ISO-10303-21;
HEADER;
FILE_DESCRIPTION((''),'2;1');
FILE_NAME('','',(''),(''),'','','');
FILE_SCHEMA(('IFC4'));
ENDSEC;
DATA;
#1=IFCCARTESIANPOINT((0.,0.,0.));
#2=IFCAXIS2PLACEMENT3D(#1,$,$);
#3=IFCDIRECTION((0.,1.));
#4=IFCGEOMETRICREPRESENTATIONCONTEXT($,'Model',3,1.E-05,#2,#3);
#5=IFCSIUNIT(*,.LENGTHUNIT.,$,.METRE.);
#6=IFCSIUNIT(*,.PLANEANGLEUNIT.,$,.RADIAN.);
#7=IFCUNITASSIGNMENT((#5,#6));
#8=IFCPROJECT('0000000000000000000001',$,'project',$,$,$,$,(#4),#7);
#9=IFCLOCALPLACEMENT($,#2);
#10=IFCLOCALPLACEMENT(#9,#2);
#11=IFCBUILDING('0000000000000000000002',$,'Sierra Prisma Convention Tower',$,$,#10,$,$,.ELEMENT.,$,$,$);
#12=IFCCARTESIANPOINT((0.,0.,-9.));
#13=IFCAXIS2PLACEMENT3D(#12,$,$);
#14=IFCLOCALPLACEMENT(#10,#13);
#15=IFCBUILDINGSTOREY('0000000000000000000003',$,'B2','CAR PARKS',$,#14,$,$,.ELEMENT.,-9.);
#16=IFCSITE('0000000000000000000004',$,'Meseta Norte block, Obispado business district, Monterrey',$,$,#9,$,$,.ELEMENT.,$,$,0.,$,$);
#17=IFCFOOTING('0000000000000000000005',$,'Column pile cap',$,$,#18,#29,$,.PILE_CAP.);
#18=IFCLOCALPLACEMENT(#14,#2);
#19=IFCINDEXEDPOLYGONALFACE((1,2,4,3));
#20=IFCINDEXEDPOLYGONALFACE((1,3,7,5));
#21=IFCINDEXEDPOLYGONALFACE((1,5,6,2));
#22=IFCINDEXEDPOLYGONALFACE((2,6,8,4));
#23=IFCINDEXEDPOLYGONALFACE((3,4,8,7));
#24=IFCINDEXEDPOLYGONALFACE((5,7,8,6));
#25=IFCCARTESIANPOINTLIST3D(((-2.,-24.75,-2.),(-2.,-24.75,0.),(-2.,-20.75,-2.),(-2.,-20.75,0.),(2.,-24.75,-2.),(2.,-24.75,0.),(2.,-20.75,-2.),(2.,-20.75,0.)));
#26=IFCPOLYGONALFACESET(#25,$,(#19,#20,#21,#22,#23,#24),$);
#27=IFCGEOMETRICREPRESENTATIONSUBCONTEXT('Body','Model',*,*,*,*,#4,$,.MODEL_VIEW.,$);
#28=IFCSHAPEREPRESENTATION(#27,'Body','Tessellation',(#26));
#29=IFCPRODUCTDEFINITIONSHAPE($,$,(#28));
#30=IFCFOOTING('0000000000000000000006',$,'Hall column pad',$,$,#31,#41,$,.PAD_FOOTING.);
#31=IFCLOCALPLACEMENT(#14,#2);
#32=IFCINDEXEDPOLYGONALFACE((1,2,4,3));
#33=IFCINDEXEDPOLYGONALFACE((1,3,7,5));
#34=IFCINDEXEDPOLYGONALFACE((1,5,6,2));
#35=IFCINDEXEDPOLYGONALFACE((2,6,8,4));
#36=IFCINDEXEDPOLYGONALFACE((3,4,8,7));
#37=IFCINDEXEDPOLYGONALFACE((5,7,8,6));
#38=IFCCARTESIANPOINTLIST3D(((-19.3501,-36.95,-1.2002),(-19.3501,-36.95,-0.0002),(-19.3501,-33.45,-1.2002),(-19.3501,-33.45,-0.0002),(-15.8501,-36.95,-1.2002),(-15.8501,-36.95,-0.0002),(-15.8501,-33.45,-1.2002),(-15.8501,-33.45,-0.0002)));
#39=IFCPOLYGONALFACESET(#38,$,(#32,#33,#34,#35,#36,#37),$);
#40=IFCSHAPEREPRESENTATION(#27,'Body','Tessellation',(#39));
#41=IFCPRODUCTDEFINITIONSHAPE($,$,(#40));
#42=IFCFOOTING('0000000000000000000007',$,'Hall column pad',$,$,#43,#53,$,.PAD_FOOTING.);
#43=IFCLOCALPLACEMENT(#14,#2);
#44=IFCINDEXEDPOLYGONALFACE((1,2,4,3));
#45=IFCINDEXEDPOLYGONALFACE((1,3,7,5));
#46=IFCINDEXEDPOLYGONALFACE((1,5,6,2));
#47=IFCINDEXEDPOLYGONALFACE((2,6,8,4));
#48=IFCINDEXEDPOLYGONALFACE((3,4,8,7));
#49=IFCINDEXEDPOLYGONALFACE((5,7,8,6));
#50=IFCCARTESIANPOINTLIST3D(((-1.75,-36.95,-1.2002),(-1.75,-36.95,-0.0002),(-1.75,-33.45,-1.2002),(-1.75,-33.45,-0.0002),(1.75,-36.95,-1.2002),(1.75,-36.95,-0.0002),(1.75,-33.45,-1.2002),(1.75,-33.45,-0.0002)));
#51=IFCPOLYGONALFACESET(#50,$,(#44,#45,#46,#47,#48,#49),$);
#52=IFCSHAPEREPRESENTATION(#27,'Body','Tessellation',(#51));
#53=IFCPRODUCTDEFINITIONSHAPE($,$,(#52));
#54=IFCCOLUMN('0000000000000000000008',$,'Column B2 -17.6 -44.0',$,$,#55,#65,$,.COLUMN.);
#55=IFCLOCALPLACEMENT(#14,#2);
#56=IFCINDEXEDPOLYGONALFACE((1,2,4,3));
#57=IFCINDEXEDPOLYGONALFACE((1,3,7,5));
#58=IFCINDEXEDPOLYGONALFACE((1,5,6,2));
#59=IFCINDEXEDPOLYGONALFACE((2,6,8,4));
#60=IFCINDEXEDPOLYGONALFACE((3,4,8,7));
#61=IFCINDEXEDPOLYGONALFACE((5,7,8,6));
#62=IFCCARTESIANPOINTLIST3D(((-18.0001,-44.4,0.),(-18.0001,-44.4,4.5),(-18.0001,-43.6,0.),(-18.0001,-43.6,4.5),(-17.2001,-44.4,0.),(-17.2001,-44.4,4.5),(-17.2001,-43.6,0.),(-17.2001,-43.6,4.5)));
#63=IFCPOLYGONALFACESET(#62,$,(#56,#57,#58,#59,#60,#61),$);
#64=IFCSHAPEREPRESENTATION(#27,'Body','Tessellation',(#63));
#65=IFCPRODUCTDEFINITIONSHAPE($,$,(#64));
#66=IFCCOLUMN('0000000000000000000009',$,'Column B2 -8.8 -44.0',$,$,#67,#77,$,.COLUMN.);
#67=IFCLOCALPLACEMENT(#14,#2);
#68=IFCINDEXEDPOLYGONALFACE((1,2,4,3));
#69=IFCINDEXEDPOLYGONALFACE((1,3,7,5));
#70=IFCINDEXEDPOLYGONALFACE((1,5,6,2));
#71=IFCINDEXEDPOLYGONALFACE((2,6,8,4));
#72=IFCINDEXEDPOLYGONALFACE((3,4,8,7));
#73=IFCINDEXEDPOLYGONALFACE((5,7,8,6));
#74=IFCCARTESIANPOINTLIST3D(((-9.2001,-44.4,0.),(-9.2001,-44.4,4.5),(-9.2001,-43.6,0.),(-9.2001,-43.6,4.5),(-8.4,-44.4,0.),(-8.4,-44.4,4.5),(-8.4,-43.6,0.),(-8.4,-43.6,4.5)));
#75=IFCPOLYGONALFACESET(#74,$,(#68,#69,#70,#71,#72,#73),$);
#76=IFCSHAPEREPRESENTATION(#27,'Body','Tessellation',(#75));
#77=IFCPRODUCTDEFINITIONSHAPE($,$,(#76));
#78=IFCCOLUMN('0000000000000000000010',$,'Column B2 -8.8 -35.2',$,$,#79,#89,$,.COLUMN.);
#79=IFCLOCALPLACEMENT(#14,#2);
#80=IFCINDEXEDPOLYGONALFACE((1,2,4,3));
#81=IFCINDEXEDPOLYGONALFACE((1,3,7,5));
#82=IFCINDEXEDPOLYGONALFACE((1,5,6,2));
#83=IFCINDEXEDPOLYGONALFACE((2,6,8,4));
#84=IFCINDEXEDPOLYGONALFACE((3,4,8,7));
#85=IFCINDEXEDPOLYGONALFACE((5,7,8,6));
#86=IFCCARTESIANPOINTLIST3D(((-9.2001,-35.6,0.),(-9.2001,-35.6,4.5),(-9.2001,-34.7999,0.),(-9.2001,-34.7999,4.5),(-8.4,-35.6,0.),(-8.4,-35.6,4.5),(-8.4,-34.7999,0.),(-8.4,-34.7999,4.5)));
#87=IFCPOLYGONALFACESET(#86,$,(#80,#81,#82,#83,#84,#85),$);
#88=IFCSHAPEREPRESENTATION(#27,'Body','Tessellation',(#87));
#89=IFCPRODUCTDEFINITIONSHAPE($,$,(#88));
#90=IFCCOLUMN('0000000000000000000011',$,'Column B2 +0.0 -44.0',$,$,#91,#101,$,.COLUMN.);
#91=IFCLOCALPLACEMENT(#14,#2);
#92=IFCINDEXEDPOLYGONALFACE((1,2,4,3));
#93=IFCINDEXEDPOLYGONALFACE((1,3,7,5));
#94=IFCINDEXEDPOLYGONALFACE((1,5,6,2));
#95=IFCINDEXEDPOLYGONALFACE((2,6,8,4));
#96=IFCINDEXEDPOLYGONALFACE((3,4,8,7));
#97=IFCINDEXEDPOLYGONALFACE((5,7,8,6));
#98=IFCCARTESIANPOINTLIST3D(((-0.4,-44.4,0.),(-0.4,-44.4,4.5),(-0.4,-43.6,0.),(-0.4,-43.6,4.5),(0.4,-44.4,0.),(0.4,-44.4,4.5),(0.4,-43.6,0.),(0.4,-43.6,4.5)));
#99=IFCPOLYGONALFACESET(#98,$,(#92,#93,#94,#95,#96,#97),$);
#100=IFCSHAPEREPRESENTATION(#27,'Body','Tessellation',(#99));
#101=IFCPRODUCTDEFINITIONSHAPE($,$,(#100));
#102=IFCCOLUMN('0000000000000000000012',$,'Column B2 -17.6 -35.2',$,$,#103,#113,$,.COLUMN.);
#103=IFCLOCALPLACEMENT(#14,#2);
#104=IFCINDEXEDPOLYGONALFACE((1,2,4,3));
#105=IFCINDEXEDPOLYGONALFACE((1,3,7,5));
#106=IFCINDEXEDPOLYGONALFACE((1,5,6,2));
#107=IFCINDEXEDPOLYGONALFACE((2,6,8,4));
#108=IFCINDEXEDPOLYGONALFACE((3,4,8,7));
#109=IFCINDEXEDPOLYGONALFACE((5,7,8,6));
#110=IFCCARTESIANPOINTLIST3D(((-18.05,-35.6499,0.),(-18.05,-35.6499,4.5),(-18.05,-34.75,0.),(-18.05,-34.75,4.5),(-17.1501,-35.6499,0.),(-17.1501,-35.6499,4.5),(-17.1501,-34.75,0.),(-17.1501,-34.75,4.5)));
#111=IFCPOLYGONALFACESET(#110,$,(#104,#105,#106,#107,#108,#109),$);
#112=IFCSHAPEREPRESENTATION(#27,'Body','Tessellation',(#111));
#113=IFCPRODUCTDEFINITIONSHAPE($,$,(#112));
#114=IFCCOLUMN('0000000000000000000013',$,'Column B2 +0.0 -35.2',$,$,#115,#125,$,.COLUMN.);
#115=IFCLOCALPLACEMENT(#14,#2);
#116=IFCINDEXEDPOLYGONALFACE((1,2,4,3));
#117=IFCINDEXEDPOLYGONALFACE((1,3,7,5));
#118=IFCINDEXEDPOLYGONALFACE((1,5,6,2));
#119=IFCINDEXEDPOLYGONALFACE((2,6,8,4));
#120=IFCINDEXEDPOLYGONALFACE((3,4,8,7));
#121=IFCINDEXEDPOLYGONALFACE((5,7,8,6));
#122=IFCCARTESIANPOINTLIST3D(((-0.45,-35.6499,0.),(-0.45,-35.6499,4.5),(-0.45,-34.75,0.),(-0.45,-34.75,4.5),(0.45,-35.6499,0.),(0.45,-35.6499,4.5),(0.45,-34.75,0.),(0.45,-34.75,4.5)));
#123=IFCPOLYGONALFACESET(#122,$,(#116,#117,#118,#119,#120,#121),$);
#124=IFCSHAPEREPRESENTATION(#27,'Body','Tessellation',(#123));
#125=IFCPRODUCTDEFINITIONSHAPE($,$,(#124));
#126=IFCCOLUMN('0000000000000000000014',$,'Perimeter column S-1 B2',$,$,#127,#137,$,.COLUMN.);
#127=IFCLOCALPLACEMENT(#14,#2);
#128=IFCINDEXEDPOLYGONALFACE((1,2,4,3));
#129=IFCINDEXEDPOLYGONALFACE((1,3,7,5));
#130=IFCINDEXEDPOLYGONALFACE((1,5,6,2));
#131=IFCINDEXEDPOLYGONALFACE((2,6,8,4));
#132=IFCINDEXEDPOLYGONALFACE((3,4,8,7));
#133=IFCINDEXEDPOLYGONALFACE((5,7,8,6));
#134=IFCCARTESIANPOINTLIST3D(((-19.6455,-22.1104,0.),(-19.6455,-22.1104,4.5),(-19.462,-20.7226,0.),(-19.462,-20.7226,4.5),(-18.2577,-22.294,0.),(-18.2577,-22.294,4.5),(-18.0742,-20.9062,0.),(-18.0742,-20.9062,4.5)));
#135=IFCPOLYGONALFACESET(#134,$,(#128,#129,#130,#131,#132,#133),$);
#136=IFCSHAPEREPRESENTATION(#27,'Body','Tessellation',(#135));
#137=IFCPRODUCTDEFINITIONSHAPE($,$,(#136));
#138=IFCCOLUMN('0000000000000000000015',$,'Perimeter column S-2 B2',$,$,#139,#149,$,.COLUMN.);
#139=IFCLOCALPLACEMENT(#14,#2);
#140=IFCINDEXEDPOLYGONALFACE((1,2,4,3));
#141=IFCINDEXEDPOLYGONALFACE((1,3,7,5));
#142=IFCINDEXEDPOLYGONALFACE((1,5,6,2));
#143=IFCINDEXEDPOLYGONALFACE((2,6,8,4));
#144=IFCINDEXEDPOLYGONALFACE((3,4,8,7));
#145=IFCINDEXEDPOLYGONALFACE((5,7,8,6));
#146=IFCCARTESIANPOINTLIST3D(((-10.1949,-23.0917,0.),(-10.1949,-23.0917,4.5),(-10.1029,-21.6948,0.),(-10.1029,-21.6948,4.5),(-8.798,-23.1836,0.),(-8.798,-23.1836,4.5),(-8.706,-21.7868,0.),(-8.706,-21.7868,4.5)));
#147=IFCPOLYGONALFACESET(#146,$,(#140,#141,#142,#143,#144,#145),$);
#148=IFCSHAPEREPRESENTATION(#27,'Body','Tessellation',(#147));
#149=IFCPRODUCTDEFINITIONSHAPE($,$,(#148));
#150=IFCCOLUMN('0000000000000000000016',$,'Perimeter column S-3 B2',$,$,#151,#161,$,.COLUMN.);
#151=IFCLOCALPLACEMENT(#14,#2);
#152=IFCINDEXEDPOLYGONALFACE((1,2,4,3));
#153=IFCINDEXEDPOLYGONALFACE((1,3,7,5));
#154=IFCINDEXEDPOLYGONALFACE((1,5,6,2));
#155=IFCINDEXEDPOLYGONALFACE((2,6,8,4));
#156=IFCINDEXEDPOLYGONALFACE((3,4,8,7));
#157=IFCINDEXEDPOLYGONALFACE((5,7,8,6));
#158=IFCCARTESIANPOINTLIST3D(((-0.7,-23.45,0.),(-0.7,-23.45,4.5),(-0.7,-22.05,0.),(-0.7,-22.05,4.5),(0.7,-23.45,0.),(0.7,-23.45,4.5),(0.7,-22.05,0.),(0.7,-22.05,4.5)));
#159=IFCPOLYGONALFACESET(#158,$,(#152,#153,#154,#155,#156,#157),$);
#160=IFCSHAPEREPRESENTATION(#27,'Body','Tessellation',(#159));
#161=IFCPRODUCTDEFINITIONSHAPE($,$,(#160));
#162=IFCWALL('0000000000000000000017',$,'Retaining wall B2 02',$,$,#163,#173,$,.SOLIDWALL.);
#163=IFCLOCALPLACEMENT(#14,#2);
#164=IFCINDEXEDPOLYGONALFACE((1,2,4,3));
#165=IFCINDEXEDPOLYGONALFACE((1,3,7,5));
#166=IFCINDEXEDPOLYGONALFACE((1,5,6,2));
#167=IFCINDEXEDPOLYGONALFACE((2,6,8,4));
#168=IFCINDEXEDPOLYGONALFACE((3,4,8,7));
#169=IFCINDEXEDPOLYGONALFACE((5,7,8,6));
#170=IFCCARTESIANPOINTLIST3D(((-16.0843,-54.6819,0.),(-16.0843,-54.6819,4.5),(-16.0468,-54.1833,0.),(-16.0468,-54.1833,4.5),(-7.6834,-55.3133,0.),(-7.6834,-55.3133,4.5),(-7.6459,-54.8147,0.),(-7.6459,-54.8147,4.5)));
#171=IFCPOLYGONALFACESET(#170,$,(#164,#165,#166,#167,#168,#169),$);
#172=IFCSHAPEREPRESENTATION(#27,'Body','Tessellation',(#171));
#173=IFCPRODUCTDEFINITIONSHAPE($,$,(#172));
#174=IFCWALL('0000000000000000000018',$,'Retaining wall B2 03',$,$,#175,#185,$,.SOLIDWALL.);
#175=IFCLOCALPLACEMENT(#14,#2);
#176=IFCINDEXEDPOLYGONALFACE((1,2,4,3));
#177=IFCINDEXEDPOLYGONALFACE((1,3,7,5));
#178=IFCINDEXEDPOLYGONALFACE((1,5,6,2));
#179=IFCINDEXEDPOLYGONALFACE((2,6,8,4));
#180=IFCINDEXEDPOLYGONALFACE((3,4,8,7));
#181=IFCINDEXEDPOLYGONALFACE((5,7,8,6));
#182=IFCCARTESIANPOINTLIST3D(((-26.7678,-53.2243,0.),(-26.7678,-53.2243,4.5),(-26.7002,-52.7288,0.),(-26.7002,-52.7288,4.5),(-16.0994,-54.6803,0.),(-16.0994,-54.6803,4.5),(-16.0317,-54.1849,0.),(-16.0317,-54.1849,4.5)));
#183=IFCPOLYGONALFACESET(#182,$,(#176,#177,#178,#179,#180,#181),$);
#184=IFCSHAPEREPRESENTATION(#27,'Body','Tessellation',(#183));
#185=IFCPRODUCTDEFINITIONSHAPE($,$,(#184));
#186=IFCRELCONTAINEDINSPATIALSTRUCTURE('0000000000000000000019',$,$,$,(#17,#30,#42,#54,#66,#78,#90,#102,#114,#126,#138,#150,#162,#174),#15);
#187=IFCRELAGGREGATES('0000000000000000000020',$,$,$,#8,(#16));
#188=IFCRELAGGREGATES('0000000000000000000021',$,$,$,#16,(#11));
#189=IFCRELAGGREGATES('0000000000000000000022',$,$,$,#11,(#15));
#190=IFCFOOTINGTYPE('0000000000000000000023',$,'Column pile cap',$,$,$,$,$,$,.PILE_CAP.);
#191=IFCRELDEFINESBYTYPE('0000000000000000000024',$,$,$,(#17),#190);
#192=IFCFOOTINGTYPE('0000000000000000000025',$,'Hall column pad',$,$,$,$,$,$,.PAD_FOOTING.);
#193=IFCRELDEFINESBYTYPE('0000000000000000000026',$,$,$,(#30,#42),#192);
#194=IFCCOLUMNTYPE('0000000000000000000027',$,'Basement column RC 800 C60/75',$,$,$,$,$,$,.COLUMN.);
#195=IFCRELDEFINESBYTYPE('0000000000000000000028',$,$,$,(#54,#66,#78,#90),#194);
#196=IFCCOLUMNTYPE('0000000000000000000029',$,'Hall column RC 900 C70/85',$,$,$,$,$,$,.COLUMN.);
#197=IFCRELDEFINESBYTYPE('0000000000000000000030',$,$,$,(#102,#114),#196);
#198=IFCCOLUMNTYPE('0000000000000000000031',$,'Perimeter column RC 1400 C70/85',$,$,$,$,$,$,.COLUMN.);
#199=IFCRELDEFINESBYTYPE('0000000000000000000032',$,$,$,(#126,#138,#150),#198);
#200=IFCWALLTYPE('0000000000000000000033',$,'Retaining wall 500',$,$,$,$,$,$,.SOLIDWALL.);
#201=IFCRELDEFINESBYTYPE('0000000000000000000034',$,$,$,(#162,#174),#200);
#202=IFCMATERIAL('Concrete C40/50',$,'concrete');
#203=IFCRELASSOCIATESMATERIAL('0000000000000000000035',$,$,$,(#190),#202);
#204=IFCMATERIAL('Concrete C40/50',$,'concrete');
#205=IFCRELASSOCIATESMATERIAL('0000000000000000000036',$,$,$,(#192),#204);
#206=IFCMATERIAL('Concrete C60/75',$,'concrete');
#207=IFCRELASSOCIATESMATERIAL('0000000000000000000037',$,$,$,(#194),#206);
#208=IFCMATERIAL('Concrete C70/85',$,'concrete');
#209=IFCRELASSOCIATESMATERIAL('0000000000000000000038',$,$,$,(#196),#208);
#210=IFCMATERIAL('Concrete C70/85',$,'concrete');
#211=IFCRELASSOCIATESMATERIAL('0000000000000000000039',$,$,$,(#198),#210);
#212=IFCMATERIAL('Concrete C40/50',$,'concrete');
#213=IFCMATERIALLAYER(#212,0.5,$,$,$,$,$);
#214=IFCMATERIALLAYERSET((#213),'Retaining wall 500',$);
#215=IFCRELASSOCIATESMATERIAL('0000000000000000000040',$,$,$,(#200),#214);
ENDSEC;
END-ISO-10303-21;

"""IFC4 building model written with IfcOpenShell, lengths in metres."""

from ifc_helpers import new_model, si_unit, direction, frame, frame_2d, origin, origin_2d, place, context, subcontext, project, spatial, rectangle, extrude, material, layer, layer_set, material_profile, profile_set, type_object, element, save


model = new_model("IFC4")

# Units and contexts
model_context = context("Model", 3, precision=1e-05, world=origin(), true_north=direction((0.0, 1.0)))
body_context = subcontext(model_context, "Body", "Model", "MODEL_VIEW")
ifc_project = project(units=[si_unit("LENGTHUNIT", "METRE"), si_unit("PLANEANGLEUNIT", "RADIAN")], contexts=[model_context])

# Site, building, storey
site_placement = place(None, origin())
site = spatial("IfcSite", under=ifc_project, at=site_placement, Name="Meseta Norte block, Obispado business district, Monterrey", CompositionType="ELEMENT", RefElevation=0.0)
building_placement = place(site_placement, origin())
building = spatial("IfcBuilding", under=site, at=building_placement, Name="Sierra Prisma Convention Tower", CompositionType="ELEMENT")
storey_placement = place(building_placement, frame((0.0, 0.0, -9.0)))
storey = spatial("IfcBuildingStorey", under=building, at=storey_placement, Name="B2", Description="CAR PARKS", CompositionType="ELEMENT", Elevation=-9.0)

# Footings
ifc_material_1 = material(Name="Concrete C40/50", Category="concrete")
footing_type_1 = type_object("IfcFootingType", Name="Column pile cap", PredefinedType="PILE_CAP", material=ifc_material_1)
for number, where, z_axis, x_axis, name in (
    (1, (0.0, -22.75, -2.0), (0.0, 0.0, 1.0), (1.0, 0.0, 0.0), "Column pile cap"),
):
    element("IfcFooting", number, at=place(storey_placement, frame(where, z_axis=z_axis, x_axis=x_axis)), inside=storey, type_object=footing_type_1, Name=name, PredefinedType="PILE_CAP", context=body_context, shape_type="SweptSolid", body=[
        extrude(rectangle(XDim=4.0, YDim=4.0, at=origin_2d()), origin(), (0.0, 0.0, 1.0), 2.0),
    ])
ifc_material_2 = material(Name="Concrete C40/50", Category="concrete")
footing_type_2 = type_object("IfcFootingType", Name="Hall column pad", PredefinedType="PAD_FOOTING", material=ifc_material_2)
for number, where, z_axis, x_axis, name in (
    (2, (-17.6001, -35.2, -1.2002), (0.0, 0.0, 1.0), (1.0, 0.0, 0.0), "Hall column pad"),
    (3, (0.0, -35.2, -1.2002), (0.0, 0.0, 1.0), (1.0, 0.0, 0.0), "Hall column pad"),
):
    element("IfcFooting", number, at=place(storey_placement, frame(where, z_axis=z_axis, x_axis=x_axis)), inside=storey, type_object=footing_type_2, Name=name, PredefinedType="PAD_FOOTING", context=body_context, shape_type="SweptSolid", body=[
        extrude(rectangle(XDim=3.5, YDim=3.5, at=origin_2d()), origin(), (0.0, 0.0, 1.0), 1.2),
    ])

# Columns
ifc_material_3 = material(Name="Concrete C60/75", Category="concrete")
ifc_material_profile_1 = material_profile(ifc_material_3, rectangle(XDim=0.8, YDim=0.8, at=origin_2d()), Name="Basement column RC 800 C60/75")
ifc_profile_set_1 = profile_set([ifc_material_profile_1], Name="Concrete C60/75")
column_type_1 = type_object("IfcColumnType", Name="Basement column RC 800 C60/75", PredefinedType="COLUMN", material=ifc_profile_set_1)
for number, where, z_axis, x_axis, name in (
    (4, (-17.6001, -44.0, 0.0), (0.0, 0.0, 1.0), (1.0, 0.0, 0.0), "Column B2 -17.6 -44.0"),
    (5, (-8.8, -44.0, 0.0), (0.0, 0.0, 1.0), (1.0, 0.0, 0.0), "Column B2 -8.8 -44.0"),
    (6, (-8.8, -35.2, 0.0), (0.0, 0.0, 1.0), (1.0, 0.0, 0.0), "Column B2 -8.8 -35.2"),
    (7, (0.0, -44.0, 0.0), (0.0, 0.0, 1.0), (1.0, 0.0, 0.0), "Column B2 +0.0 -44.0"),
):
    element("IfcColumn", number, at=place(storey_placement, frame(where, z_axis=z_axis, x_axis=x_axis)), inside=storey, type_object=column_type_1, Name=name, PredefinedType="COLUMN", context=body_context, shape_type="SweptSolid", body=[
        extrude(rectangle(XDim=0.8, YDim=0.8, at=origin_2d()), origin(), (0.0, 0.0, 1.0), 4.5),
    ])
ifc_material_4 = material(Name="Concrete C70/85", Category="concrete")
ifc_material_profile_2 = material_profile(ifc_material_4, rectangle(XDim=0.8999, YDim=0.8999, at=origin_2d()), Name="Hall column RC 900 C70/85")
ifc_profile_set_2 = profile_set([ifc_material_profile_2], Name="Concrete C70/85")
column_type_2 = type_object("IfcColumnType", Name="Hall column RC 900 C70/85", PredefinedType="COLUMN", material=ifc_profile_set_2)
for number, where, z_axis, x_axis, name in (
    (8, (-17.6001, -35.2, 0.0), (0.0, 0.0, 1.0), (1.0, 0.0, 0.0), "Column B2 -17.6 -35.2"),
    (9, (0.0, -35.2, 0.0), (0.0, 0.0, 1.0), (1.0, 0.0, 0.0), "Column B2 +0.0 -35.2"),
):
    element("IfcColumn", number, at=place(storey_placement, frame(where, z_axis=z_axis, x_axis=x_axis)), inside=storey, type_object=column_type_2, Name=name, PredefinedType="COLUMN", context=body_context, shape_type="SweptSolid", body=[
        extrude(rectangle(XDim=0.8999, YDim=0.8999, at=origin_2d()), origin(), (0.0, 0.0, 1.0), 4.5),
    ])
ifc_material_5 = material(Name="Concrete C70/85", Category="concrete")
ifc_material_profile_3 = material_profile(ifc_material_5, rectangle(XDim=1.3999, YDim=1.3999, at=origin_2d()), Name="Perimeter column RC 1400 C70/85")
ifc_profile_set_3 = profile_set([ifc_material_profile_3], Name="Concrete C70/85")
column_type_3 = type_object("IfcColumnType", Name="Perimeter column RC 1400 C70/85", PredefinedType="COLUMN", material=ifc_profile_set_3)
for number, where, z_axis, x_axis, name in (
    (10, (-18.8599, -21.5083, 0.0), (0.0, 0.0, 1.0), (-0.991367, 0.131115, 0.0), "Perimeter column S-1 B2"),
    (11, (-9.4504, -22.4392, 0.0), (0.0, 0.0, 1.0), (-0.997839, 0.065699, 0.0), "Perimeter column S-2 B2"),
    (12, (0.0, -22.75, 0.0), (0.0, 0.0, 1.0), (1.0, 0.0, 0.0), "Perimeter column S-3 B2"),
):
    element("IfcColumn", number, at=place(storey_placement, frame(where, z_axis=z_axis, x_axis=x_axis)), inside=storey, type_object=column_type_3, Name=name, PredefinedType="COLUMN", context=body_context, shape_type="SweptSolid", body=[
        extrude(rectangle(XDim=1.3999, YDim=1.3999, at=origin_2d()), origin(), (0.0, 0.0, 1.0), 4.5),
    ])

# Walls
ifc_material_6 = material(Name="Concrete C40/50", Category="concrete")
ifc_layer = layer(ifc_material_6, 0.5)
ifc_layer_set = layer_set([ifc_layer], Name="Retaining wall 500")
wall_type = type_object("IfcWallType", Name="Retaining wall 500", PredefinedType="SOLIDWALL", material=ifc_layer_set)
wall_1_placement = place(storey_placement, frame((-7.6646, -55.064, 0.0), z_axis=(0.0, 0.0, 1.0), x_axis=(-0.997188, 0.074941, 0.0)))
element("IfcWall", 13, at=wall_1_placement, inside=storey, type_object=wall_type, Name="Retaining wall B2 02", PredefinedType="SOLIDWALL", context=body_context, shape_type="SweptSolid", body=[
    extrude(rectangle(XDim=8.4246, YDim=0.5, at=frame_2d((4.2124, 0.0))), origin(), (0.0, 0.0, 1.0), 4.5),
])
wall_2_placement = place(storey_placement, frame((-16.0654, -54.4326, 0.0), z_axis=(0.0, 0.0, 1.0), x_axis=(-0.990814, 0.135229, 0.0)))
element("IfcWall", 14, at=wall_2_placement, inside=storey, type_object=wall_type, Name="Retaining wall B2 03", PredefinedType="SOLIDWALL", context=body_context, shape_type="SweptSolid", body=[
    extrude(rectangle(XDim=10.7673, YDim=0.5, at=frame_2d((5.3838, 0.0))), origin(), (0.0, 0.0, 1.0), 4.5),
])

save(model, "model.ifc")
